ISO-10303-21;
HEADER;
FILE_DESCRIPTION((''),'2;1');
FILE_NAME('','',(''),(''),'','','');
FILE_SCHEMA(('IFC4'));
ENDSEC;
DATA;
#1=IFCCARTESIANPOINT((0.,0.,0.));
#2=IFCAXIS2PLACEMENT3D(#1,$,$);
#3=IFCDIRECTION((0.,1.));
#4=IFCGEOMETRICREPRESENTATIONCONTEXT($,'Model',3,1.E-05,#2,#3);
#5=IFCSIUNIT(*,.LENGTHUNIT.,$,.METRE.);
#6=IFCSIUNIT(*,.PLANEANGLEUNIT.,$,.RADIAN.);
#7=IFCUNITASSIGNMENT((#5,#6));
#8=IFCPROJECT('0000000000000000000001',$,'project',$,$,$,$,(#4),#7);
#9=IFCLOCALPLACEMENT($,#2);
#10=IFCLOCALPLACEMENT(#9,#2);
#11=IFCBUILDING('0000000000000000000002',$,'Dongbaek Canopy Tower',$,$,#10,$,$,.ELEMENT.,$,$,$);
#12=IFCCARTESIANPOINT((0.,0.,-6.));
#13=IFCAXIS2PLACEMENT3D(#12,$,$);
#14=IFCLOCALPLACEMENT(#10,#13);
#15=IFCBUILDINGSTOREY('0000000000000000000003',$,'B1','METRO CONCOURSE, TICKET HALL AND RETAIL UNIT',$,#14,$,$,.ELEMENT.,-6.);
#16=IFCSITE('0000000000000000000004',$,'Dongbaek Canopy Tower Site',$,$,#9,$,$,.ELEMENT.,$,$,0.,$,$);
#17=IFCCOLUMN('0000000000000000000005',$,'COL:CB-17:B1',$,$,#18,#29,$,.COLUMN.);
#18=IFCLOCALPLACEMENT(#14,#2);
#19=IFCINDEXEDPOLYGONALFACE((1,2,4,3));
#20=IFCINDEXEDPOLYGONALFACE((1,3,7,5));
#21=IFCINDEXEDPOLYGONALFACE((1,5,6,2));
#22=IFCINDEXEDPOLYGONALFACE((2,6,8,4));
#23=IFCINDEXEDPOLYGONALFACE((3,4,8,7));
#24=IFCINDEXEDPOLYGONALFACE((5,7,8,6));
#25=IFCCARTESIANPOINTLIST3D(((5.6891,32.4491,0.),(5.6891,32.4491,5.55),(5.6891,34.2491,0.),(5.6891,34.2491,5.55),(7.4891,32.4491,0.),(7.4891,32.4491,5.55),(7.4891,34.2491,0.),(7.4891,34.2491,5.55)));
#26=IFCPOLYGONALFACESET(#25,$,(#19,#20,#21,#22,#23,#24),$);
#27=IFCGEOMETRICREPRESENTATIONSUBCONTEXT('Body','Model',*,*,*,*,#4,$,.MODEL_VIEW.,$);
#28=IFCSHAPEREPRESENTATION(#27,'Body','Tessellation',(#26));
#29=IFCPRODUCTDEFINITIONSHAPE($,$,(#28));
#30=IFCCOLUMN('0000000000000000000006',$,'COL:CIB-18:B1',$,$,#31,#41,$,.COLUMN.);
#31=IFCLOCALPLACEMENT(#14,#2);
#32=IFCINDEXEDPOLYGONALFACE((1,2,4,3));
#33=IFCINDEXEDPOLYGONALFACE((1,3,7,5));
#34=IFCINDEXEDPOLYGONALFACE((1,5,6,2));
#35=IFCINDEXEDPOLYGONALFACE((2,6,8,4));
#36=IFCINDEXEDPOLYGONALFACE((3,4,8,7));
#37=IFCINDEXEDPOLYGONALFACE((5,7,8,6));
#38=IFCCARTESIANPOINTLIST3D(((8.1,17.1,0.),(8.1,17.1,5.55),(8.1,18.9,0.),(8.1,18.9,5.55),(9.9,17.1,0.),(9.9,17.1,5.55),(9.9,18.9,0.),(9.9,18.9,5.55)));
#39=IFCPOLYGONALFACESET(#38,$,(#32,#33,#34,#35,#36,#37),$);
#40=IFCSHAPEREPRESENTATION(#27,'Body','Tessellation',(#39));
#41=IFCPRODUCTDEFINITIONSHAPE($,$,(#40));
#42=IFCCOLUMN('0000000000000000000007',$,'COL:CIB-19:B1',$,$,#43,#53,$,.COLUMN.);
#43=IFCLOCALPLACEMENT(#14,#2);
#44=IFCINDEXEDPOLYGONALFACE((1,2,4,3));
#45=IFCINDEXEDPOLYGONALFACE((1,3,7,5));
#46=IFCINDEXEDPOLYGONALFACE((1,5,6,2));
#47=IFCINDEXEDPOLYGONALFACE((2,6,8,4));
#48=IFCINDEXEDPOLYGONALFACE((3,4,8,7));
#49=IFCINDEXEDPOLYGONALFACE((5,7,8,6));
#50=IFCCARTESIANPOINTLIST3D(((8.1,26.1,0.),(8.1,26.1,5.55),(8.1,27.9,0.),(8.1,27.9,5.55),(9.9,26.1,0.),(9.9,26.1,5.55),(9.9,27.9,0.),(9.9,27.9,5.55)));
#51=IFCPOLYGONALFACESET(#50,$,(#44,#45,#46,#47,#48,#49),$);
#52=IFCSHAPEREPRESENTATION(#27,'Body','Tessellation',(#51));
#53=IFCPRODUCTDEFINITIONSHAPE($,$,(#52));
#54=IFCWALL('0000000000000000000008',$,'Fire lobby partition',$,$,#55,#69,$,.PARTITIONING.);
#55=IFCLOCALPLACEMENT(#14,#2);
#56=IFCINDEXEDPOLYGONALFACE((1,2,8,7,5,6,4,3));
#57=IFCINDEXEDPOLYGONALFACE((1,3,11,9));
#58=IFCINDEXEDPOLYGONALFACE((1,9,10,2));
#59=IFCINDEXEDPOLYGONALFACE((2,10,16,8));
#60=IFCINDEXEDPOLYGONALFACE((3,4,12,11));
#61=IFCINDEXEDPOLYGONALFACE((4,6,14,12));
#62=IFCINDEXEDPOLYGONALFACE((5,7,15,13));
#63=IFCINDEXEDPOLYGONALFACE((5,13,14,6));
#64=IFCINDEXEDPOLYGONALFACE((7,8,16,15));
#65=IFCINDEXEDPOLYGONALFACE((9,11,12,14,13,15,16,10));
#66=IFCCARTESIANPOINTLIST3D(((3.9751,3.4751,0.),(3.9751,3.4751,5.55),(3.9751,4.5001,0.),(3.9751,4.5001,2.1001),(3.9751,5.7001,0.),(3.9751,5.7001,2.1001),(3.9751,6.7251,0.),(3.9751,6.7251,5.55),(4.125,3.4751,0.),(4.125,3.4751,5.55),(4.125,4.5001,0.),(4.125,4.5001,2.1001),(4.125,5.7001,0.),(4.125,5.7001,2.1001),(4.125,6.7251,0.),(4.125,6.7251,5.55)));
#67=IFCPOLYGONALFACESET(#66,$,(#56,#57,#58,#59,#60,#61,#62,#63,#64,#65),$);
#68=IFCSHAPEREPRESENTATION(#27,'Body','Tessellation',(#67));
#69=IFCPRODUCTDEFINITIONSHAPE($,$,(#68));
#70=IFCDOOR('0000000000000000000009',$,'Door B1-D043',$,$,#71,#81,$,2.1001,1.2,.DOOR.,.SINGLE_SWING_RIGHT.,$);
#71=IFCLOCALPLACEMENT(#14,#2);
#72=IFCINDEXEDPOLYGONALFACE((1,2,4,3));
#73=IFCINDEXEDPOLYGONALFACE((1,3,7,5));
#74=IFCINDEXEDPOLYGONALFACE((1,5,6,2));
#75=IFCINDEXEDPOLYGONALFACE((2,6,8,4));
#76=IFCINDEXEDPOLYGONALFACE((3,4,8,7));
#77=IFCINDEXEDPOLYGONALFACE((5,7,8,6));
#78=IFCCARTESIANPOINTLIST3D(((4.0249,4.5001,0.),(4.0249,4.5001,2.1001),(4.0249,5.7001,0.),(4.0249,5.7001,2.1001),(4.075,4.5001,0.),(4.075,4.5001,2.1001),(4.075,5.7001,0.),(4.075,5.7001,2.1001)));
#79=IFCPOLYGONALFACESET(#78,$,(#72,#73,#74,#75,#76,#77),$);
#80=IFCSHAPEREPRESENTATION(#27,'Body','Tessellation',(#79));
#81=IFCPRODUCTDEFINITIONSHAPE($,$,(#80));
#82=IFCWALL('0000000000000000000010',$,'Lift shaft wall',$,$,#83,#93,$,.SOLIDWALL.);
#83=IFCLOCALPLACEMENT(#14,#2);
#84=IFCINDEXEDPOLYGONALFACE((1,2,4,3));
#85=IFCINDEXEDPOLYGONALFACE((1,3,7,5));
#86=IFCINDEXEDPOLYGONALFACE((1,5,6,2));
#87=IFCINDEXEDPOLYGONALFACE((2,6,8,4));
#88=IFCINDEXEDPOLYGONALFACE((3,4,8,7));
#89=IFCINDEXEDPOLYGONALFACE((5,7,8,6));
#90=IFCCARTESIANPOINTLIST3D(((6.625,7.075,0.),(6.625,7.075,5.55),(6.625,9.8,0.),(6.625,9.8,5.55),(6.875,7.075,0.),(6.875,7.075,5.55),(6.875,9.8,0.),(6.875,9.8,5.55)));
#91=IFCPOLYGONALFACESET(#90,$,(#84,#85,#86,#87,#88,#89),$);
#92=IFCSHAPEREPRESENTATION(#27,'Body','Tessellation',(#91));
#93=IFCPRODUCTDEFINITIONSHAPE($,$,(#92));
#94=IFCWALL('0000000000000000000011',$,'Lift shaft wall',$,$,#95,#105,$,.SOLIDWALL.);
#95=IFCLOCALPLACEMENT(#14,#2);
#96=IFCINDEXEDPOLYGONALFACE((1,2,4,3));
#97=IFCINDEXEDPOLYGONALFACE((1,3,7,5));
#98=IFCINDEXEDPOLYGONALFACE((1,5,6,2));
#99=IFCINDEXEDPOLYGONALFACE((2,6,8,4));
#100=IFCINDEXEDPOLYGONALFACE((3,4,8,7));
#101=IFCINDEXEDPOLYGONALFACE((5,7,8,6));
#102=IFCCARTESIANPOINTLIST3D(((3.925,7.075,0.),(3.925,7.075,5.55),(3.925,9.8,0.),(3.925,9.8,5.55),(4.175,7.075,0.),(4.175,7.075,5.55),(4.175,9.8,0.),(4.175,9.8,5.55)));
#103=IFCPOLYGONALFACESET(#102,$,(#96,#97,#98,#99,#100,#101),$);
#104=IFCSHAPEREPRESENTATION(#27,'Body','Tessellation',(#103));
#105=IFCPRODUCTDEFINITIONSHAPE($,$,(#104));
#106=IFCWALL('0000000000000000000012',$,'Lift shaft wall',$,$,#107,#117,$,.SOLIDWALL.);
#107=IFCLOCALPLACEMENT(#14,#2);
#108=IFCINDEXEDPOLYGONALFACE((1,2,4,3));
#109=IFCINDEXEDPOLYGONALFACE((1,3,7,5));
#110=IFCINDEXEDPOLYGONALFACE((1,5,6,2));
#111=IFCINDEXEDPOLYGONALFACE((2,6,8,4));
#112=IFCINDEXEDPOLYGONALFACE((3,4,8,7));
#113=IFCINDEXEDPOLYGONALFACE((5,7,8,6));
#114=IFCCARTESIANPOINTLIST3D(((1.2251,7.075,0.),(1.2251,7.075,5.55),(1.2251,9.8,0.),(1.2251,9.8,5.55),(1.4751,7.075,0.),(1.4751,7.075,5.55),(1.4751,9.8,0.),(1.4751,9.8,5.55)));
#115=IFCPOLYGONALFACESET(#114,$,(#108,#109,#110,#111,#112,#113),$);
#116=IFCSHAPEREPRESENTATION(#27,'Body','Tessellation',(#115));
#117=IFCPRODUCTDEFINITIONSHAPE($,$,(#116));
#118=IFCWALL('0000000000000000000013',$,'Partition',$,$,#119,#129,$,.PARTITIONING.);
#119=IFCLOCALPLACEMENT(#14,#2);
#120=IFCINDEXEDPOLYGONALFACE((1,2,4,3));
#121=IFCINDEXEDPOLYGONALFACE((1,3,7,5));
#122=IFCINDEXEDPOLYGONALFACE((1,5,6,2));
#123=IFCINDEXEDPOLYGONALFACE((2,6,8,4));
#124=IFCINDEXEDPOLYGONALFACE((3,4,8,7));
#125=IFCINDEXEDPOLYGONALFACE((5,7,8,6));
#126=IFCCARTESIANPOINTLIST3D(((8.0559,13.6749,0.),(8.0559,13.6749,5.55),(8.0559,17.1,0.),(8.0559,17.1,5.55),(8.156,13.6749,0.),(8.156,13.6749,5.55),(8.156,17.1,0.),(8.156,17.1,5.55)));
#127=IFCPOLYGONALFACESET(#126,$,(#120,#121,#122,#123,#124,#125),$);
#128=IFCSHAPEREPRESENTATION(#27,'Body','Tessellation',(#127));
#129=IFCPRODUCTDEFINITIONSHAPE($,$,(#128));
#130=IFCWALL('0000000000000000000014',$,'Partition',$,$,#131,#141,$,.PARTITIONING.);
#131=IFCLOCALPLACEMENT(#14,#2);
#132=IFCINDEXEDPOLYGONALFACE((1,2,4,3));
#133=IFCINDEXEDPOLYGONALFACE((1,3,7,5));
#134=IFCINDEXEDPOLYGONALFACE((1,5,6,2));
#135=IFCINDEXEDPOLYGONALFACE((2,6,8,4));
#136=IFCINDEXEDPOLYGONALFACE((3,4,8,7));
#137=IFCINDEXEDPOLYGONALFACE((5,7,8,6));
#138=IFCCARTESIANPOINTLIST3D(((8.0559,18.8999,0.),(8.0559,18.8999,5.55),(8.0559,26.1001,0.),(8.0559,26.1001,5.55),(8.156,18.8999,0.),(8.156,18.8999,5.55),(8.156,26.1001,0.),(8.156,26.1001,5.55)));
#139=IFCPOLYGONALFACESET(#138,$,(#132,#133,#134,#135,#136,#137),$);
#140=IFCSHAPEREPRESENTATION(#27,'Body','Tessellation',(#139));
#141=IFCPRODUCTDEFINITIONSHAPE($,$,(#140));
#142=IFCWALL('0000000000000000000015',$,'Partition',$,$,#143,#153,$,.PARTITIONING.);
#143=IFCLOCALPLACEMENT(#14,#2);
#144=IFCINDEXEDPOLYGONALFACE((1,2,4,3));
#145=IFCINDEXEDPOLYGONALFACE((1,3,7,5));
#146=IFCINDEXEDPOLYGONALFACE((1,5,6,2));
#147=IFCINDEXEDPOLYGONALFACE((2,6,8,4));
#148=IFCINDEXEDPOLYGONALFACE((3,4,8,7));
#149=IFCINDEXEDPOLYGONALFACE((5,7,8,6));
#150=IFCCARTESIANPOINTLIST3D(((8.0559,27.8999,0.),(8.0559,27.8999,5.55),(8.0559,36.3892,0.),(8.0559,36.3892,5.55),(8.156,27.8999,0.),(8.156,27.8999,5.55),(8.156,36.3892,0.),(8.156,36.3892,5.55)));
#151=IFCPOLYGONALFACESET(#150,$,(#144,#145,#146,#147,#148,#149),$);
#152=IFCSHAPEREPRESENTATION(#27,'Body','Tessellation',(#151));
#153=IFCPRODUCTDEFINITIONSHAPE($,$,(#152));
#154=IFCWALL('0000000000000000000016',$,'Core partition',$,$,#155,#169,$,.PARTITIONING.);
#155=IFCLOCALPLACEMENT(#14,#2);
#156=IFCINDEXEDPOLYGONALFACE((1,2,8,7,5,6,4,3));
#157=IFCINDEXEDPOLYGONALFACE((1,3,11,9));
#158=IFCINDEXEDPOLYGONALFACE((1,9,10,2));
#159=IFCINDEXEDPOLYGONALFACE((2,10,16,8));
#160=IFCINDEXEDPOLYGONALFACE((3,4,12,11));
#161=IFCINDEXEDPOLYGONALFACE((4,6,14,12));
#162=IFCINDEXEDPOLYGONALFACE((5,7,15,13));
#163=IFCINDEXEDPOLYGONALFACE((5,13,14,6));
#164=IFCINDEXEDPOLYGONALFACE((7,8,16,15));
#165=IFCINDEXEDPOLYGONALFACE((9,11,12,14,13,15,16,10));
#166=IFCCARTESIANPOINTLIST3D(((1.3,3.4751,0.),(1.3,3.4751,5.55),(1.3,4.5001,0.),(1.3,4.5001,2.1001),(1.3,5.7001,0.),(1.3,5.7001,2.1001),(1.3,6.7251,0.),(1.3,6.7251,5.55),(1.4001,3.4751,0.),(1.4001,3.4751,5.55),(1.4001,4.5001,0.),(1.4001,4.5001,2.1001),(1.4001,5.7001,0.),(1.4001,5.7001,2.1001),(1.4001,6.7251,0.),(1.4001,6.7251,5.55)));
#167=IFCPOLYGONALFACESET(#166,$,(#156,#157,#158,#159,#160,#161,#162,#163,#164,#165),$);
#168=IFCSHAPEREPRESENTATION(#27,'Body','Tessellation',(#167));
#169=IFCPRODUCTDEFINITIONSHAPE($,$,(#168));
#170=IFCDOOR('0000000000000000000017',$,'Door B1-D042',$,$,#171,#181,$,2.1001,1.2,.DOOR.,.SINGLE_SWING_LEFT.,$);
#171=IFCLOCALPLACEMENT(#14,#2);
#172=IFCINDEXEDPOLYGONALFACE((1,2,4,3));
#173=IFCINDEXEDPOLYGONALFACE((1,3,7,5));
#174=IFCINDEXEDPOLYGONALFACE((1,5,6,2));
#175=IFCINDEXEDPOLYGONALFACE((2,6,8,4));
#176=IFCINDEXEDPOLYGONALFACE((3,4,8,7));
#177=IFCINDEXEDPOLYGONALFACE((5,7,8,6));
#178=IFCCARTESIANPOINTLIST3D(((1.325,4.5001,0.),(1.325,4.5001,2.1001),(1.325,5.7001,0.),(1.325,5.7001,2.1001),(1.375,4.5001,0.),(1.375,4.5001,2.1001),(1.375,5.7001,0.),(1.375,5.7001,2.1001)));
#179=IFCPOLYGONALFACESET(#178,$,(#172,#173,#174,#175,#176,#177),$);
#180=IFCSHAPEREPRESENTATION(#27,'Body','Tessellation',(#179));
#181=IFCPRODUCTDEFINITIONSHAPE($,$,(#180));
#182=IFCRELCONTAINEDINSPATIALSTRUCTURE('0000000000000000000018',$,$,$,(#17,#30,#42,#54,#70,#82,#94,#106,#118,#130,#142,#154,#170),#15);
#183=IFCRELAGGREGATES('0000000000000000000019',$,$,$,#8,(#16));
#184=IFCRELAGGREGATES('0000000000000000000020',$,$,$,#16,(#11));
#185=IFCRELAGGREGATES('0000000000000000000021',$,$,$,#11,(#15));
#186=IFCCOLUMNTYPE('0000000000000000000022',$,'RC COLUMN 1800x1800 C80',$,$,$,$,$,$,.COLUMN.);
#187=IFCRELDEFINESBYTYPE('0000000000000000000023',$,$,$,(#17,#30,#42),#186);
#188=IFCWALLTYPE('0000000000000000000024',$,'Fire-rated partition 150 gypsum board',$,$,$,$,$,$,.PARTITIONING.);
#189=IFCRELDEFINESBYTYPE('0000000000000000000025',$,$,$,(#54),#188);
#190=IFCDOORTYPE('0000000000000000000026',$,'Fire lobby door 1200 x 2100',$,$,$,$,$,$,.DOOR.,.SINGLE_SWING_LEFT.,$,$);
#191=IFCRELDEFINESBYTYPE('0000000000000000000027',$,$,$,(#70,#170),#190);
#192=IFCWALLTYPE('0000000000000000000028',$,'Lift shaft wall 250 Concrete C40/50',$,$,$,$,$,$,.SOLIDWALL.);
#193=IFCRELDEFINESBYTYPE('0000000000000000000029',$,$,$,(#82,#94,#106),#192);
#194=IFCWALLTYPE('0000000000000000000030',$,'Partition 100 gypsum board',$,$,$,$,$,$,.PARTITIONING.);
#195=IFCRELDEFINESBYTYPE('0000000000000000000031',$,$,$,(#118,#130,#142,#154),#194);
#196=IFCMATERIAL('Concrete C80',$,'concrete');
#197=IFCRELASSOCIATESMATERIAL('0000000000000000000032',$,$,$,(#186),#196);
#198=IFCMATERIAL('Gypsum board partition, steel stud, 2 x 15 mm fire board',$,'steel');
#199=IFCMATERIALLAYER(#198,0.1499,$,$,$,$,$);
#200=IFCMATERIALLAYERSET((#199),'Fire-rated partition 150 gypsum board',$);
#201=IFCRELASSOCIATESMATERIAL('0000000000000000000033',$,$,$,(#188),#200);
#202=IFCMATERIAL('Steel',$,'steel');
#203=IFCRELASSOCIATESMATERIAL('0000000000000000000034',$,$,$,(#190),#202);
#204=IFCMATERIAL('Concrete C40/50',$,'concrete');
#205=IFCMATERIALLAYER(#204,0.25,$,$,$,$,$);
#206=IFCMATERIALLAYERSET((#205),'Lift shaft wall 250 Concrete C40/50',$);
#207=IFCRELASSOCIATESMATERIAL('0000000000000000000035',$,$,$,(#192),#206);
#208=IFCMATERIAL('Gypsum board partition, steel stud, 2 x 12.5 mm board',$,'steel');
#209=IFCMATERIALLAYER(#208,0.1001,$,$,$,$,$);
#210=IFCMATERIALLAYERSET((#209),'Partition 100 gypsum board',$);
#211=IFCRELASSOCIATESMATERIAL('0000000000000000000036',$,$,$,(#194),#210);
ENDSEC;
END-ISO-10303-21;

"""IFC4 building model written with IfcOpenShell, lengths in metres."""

from ifc_helpers import new_model, si_unit, direction, frame, frame_2d, origin, origin_2d, place, context, subcontext, project, spatial, rectangle, extrude, material, layer, layer_set, material_profile, profile_set, type_object, element, fill, save


model = new_model("IFC4")

# Units and contexts
model_context = context("Model", 3, precision=1e-05, world=origin(), true_north=direction((0.0, 1.0)))
body_context = subcontext(model_context, "Body", "Model", "MODEL_VIEW")
ifc_project = project(units=[si_unit("LENGTHUNIT", "METRE"), si_unit("PLANEANGLEUNIT", "RADIAN")], contexts=[model_context])

# Site, building, storey
site_placement = place(None, origin())
site = spatial("IfcSite", under=ifc_project, at=site_placement, Name="Dongbaek Canopy Tower Site", CompositionType="ELEMENT", RefElevation=0.0)
building_placement = place(site_placement, origin())
building = spatial("IfcBuilding", under=site, at=building_placement, Name="Dongbaek Canopy Tower", CompositionType="ELEMENT")
storey_placement = place(building_placement, frame((0.0, 0.0, -6.0)))
storey = spatial("IfcBuildingStorey", under=building, at=storey_placement, Name="B1", Description="METRO CONCOURSE, TICKET HALL AND RETAIL UNIT", CompositionType="ELEMENT", Elevation=-6.0)

# Columns
ifc_material_1 = material(Name="Concrete C80", Category="concrete")
ifc_material_profile = material_profile(ifc_material_1, rectangle(XDim=1.8, YDim=1.8, at=origin_2d()), Name="RC COLUMN 1800x1800 C80")
ifc_profile_set = profile_set([ifc_material_profile], Name="Concrete C80")
column_type = type_object("IfcColumnType", Name="RC COLUMN 1800x1800 C80", PredefinedType="COLUMN", material=ifc_profile_set)
for number, where, z_axis, x_axis, name in (
    (1, (6.5891, 33.3491, 0.0), (0.0, 0.0, 1.0), (1.0, 0.0, 0.0), "COL:CB-17:B1"),
    (2, (9.0, 18.0, 0.0), (0.0, 0.0, 1.0), (1.0, 0.0, 0.0), "COL:CIB-18:B1"),
    (3, (9.0, 27.0, 0.0), (0.0, 0.0, 1.0), (1.0, 0.0, 0.0), "COL:CIB-19:B1"),
):
    element("IfcColumn", number, at=place(storey_placement, frame(where, z_axis=z_axis, x_axis=x_axis)), inside=storey, type_object=column_type, Name=name, PredefinedType="COLUMN", context=body_context, shape_type="SweptSolid", body=[
        extrude(rectangle(XDim=1.8, YDim=1.8, at=origin_2d()), origin(), (0.0, 0.0, 1.0), 5.55),
    ])

# Wall, opening, door
ifc_material_2 = material(Name="Gypsum board partition, steel stud, 2 x 15 mm fire board", Category="steel")
ifc_layer_1 = layer(ifc_material_2, 0.1499)
ifc_layer_set_1 = layer_set([ifc_layer_1], Name="Fire-rated partition 150 gypsum board")
wall_type_1 = type_object("IfcWallType", Name="Fire-rated partition 150 gypsum board", PredefinedType="PARTITIONING", material=ifc_layer_set_1)
wall_1_placement = place(storey_placement, frame((4.05, 6.7251, 0.0), z_axis=(0.0, 0.0, 1.0), x_axis=(0.0, -1.0, 0.0)))
wall_1 = element("IfcWall", 4, at=wall_1_placement, inside=storey, type_object=wall_type_1, Name="Fire lobby partition", PredefinedType="PARTITIONING", context=body_context, shape_type="SweptSolid", body=[
    extrude(rectangle(XDim=3.25, YDim=0.1499, at=frame_2d((1.625, 0.0))), origin(), (0.0, 0.0, 1.0), 5.55),
])
opening_1_placement = place(wall_1_placement, frame((1.0249, 0.0, 0.0)))
opening_1 = element("IfcOpeningElement", 5, at=opening_1_placement, cuts=wall_1, PredefinedType="OPENING", context=body_context, shape_type="SweptSolid", body=[
    extrude(rectangle(XDim=1.2, YDim=2.1001, at=frame_2d((0.6001, 1.05))), frame((0.0, 0.085, 0.0), z_axis=(0.0, -1.0, 0.0), x_axis=(1.0, 0.0, 0.0)), (0.0, 0.0, 1.0), 0.1699),
])
ifc_material_3 = material(Name="Steel", Category="steel")
door_type_1 = type_object("IfcDoorType", Name="Fire lobby door 1200 x 2100", OperationType="SINGLE_SWING_LEFT", PredefinedType="DOOR", material=ifc_material_3)
door_1_placement = place(opening_1_placement, origin())
door_1 = element("IfcDoor", 6, at=door_1_placement, inside=storey, type_object=door_type_1, Name="Door B1-D043", OperationType="SINGLE_SWING_RIGHT", OverallHeight=2.1001, OverallWidth=1.2, PredefinedType="DOOR", context=body_context, shape_type="SweptSolid", body=[
    extrude(rectangle(XDim=1.2, YDim=2.1001, at=frame_2d((0.6001, 1.05))), frame((0.0, 0.0249, 0.0), z_axis=(0.0, -1.0, 0.0), x_axis=(1.0, 0.0, 0.0)), (0.0, 0.0, 1.0), 0.05),
])
fill(opening_1, door_1)

# Walls
ifc_material_4 = material(Name="Concrete C40/50", Category="concrete")
ifc_layer_2 = layer(ifc_material_4, 0.25)
ifc_layer_set_2 = layer_set([ifc_layer_2], Name="Lift shaft wall 250 Concrete C40/50")
wall_type_2 = type_object("IfcWallType", Name="Lift shaft wall 250 Concrete C40/50", PredefinedType="SOLIDWALL", material=ifc_layer_set_2)
for number, where, z_axis, x_axis, name in (
    (7, (6.75, 7.075, 0.0), (0.0, 0.0, 1.0), (0.0, 1.0, 0.0), "Lift shaft wall"),
    (8, (4.05, 7.075, 0.0), (0.0, 0.0, 1.0), (0.0, 1.0, 0.0), "Lift shaft wall"),
    (9, (1.3501, 7.075, 0.0), (0.0, 0.0, 1.0), (0.0, 1.0, 0.0), "Lift shaft wall"),
):
    element("IfcWall", number, at=place(storey_placement, frame(where, z_axis=z_axis, x_axis=x_axis)), inside=storey, type_object=wall_type_2, Name=name, PredefinedType="SOLIDWALL", context=body_context, shape_type="SweptSolid", body=[
        extrude(rectangle(XDim=2.7251, YDim=0.25, at=frame_2d((1.3625, 0.0))), origin(), (0.0, 0.0, 1.0), 5.55),
    ])
ifc_material_5 = material(Name="Gypsum board partition, steel stud, 2 x 12.5 mm board", Category="steel")
ifc_layer_3 = layer(ifc_material_5, 0.1001)
ifc_layer_set_3 = layer_set([ifc_layer_3], Name="Partition 100 gypsum board")
wall_type_3 = type_object("IfcWallType", Name="Partition 100 gypsum board", PredefinedType="PARTITIONING", material=ifc_layer_set_3)
wall_2_placement = place(storey_placement, frame((8.106, 13.675, 0.0), z_axis=(0.0, 0.0, 1.0), x_axis=(0.0, 1.0, 0.0)))
element("IfcWall", 10, at=wall_2_placement, inside=storey, type_object=wall_type_3, Name="Partition", PredefinedType="PARTITIONING", context=body_context, shape_type="SweptSolid", body=[
    extrude(rectangle(XDim=3.425, YDim=0.1001, at=frame_2d((1.7124, 0.0))), origin(), (0.0, 0.0, 1.0), 5.55),
])
wall_3_placement = place(storey_placement, frame((8.106, 18.8999, 0.0), z_axis=(0.0, 0.0, 1.0), x_axis=(0.0, 1.0, 0.0)))
element("IfcWall", 11, at=wall_3_placement, inside=storey, type_object=wall_type_3, Name="Partition", PredefinedType="PARTITIONING", context=body_context, shape_type="SweptSolid", body=[
    extrude(rectangle(XDim=7.2002, YDim=0.1001, at=frame_2d((3.6001, 0.0))), origin(), (0.0, 0.0, 1.0), 5.55),
])
wall_4_placement = place(storey_placement, frame((8.106, 27.8999, 0.0), z_axis=(0.0, 0.0, 1.0), x_axis=(0.0, 1.0, 0.0)))
element("IfcWall", 12, at=wall_4_placement, inside=storey, type_object=wall_type_3, Name="Partition", PredefinedType="PARTITIONING", context=body_context, shape_type="SweptSolid", body=[
    extrude(rectangle(XDim=8.4893, YDim=0.1001, at=frame_2d((4.2446, 0.0))), origin(), (0.0, 0.0, 1.0), 5.55),
])

# Wall, opening, door
wall_5_placement = place(storey_placement, frame((1.3501, 6.7251, 0.0), z_axis=(0.0, 0.0, 1.0), x_axis=(0.0, -1.0, 0.0)))
wall_5 = element("IfcWall", 13, at=wall_5_placement, inside=storey, type_object=wall_type_3, Name="Core partition", PredefinedType="PARTITIONING", context=body_context, shape_type="SweptSolid", body=[
    extrude(rectangle(XDim=3.25, YDim=0.1001, at=frame_2d((1.625, 0.0))), origin(), (0.0, 0.0, 1.0), 5.55),
])
opening_2_placement = place(wall_5_placement, frame((1.0249, 0.0, 0.0)))
opening_2 = element("IfcOpeningElement", 14, at=opening_2_placement, cuts=wall_5, PredefinedType="OPENING", context=body_context, shape_type="SweptSolid", body=[
    extrude(rectangle(XDim=1.2, YDim=2.1001, at=frame_2d((0.6001, 1.05))), frame((0.0, 0.0601, 0.0), z_axis=(0.0, -1.0, 0.0), x_axis=(1.0, 0.0, 0.0)), (0.0, 0.0, 1.0), 0.1201),
])
door_2_placement = place(opening_2_placement, origin())
door_2 = element("IfcDoor", 15, at=door_2_placement, inside=storey, type_object=door_type_1, Name="Door B1-D042", OperationType="SINGLE_SWING_LEFT", OverallHeight=2.1001, OverallWidth=1.2, PredefinedType="DOOR", context=body_context, shape_type="SweptSolid", body=[
    extrude(rectangle(XDim=1.2, YDim=2.1001, at=frame_2d((0.6001, 1.05))), frame((0.0, 0.0249, 0.0), z_axis=(0.0, -1.0, 0.0), x_axis=(1.0, 0.0, 0.0)), (0.0, 0.0, 1.0), 0.05),
])
fill(opening_2, door_2)

save(model, "model.ifc")
